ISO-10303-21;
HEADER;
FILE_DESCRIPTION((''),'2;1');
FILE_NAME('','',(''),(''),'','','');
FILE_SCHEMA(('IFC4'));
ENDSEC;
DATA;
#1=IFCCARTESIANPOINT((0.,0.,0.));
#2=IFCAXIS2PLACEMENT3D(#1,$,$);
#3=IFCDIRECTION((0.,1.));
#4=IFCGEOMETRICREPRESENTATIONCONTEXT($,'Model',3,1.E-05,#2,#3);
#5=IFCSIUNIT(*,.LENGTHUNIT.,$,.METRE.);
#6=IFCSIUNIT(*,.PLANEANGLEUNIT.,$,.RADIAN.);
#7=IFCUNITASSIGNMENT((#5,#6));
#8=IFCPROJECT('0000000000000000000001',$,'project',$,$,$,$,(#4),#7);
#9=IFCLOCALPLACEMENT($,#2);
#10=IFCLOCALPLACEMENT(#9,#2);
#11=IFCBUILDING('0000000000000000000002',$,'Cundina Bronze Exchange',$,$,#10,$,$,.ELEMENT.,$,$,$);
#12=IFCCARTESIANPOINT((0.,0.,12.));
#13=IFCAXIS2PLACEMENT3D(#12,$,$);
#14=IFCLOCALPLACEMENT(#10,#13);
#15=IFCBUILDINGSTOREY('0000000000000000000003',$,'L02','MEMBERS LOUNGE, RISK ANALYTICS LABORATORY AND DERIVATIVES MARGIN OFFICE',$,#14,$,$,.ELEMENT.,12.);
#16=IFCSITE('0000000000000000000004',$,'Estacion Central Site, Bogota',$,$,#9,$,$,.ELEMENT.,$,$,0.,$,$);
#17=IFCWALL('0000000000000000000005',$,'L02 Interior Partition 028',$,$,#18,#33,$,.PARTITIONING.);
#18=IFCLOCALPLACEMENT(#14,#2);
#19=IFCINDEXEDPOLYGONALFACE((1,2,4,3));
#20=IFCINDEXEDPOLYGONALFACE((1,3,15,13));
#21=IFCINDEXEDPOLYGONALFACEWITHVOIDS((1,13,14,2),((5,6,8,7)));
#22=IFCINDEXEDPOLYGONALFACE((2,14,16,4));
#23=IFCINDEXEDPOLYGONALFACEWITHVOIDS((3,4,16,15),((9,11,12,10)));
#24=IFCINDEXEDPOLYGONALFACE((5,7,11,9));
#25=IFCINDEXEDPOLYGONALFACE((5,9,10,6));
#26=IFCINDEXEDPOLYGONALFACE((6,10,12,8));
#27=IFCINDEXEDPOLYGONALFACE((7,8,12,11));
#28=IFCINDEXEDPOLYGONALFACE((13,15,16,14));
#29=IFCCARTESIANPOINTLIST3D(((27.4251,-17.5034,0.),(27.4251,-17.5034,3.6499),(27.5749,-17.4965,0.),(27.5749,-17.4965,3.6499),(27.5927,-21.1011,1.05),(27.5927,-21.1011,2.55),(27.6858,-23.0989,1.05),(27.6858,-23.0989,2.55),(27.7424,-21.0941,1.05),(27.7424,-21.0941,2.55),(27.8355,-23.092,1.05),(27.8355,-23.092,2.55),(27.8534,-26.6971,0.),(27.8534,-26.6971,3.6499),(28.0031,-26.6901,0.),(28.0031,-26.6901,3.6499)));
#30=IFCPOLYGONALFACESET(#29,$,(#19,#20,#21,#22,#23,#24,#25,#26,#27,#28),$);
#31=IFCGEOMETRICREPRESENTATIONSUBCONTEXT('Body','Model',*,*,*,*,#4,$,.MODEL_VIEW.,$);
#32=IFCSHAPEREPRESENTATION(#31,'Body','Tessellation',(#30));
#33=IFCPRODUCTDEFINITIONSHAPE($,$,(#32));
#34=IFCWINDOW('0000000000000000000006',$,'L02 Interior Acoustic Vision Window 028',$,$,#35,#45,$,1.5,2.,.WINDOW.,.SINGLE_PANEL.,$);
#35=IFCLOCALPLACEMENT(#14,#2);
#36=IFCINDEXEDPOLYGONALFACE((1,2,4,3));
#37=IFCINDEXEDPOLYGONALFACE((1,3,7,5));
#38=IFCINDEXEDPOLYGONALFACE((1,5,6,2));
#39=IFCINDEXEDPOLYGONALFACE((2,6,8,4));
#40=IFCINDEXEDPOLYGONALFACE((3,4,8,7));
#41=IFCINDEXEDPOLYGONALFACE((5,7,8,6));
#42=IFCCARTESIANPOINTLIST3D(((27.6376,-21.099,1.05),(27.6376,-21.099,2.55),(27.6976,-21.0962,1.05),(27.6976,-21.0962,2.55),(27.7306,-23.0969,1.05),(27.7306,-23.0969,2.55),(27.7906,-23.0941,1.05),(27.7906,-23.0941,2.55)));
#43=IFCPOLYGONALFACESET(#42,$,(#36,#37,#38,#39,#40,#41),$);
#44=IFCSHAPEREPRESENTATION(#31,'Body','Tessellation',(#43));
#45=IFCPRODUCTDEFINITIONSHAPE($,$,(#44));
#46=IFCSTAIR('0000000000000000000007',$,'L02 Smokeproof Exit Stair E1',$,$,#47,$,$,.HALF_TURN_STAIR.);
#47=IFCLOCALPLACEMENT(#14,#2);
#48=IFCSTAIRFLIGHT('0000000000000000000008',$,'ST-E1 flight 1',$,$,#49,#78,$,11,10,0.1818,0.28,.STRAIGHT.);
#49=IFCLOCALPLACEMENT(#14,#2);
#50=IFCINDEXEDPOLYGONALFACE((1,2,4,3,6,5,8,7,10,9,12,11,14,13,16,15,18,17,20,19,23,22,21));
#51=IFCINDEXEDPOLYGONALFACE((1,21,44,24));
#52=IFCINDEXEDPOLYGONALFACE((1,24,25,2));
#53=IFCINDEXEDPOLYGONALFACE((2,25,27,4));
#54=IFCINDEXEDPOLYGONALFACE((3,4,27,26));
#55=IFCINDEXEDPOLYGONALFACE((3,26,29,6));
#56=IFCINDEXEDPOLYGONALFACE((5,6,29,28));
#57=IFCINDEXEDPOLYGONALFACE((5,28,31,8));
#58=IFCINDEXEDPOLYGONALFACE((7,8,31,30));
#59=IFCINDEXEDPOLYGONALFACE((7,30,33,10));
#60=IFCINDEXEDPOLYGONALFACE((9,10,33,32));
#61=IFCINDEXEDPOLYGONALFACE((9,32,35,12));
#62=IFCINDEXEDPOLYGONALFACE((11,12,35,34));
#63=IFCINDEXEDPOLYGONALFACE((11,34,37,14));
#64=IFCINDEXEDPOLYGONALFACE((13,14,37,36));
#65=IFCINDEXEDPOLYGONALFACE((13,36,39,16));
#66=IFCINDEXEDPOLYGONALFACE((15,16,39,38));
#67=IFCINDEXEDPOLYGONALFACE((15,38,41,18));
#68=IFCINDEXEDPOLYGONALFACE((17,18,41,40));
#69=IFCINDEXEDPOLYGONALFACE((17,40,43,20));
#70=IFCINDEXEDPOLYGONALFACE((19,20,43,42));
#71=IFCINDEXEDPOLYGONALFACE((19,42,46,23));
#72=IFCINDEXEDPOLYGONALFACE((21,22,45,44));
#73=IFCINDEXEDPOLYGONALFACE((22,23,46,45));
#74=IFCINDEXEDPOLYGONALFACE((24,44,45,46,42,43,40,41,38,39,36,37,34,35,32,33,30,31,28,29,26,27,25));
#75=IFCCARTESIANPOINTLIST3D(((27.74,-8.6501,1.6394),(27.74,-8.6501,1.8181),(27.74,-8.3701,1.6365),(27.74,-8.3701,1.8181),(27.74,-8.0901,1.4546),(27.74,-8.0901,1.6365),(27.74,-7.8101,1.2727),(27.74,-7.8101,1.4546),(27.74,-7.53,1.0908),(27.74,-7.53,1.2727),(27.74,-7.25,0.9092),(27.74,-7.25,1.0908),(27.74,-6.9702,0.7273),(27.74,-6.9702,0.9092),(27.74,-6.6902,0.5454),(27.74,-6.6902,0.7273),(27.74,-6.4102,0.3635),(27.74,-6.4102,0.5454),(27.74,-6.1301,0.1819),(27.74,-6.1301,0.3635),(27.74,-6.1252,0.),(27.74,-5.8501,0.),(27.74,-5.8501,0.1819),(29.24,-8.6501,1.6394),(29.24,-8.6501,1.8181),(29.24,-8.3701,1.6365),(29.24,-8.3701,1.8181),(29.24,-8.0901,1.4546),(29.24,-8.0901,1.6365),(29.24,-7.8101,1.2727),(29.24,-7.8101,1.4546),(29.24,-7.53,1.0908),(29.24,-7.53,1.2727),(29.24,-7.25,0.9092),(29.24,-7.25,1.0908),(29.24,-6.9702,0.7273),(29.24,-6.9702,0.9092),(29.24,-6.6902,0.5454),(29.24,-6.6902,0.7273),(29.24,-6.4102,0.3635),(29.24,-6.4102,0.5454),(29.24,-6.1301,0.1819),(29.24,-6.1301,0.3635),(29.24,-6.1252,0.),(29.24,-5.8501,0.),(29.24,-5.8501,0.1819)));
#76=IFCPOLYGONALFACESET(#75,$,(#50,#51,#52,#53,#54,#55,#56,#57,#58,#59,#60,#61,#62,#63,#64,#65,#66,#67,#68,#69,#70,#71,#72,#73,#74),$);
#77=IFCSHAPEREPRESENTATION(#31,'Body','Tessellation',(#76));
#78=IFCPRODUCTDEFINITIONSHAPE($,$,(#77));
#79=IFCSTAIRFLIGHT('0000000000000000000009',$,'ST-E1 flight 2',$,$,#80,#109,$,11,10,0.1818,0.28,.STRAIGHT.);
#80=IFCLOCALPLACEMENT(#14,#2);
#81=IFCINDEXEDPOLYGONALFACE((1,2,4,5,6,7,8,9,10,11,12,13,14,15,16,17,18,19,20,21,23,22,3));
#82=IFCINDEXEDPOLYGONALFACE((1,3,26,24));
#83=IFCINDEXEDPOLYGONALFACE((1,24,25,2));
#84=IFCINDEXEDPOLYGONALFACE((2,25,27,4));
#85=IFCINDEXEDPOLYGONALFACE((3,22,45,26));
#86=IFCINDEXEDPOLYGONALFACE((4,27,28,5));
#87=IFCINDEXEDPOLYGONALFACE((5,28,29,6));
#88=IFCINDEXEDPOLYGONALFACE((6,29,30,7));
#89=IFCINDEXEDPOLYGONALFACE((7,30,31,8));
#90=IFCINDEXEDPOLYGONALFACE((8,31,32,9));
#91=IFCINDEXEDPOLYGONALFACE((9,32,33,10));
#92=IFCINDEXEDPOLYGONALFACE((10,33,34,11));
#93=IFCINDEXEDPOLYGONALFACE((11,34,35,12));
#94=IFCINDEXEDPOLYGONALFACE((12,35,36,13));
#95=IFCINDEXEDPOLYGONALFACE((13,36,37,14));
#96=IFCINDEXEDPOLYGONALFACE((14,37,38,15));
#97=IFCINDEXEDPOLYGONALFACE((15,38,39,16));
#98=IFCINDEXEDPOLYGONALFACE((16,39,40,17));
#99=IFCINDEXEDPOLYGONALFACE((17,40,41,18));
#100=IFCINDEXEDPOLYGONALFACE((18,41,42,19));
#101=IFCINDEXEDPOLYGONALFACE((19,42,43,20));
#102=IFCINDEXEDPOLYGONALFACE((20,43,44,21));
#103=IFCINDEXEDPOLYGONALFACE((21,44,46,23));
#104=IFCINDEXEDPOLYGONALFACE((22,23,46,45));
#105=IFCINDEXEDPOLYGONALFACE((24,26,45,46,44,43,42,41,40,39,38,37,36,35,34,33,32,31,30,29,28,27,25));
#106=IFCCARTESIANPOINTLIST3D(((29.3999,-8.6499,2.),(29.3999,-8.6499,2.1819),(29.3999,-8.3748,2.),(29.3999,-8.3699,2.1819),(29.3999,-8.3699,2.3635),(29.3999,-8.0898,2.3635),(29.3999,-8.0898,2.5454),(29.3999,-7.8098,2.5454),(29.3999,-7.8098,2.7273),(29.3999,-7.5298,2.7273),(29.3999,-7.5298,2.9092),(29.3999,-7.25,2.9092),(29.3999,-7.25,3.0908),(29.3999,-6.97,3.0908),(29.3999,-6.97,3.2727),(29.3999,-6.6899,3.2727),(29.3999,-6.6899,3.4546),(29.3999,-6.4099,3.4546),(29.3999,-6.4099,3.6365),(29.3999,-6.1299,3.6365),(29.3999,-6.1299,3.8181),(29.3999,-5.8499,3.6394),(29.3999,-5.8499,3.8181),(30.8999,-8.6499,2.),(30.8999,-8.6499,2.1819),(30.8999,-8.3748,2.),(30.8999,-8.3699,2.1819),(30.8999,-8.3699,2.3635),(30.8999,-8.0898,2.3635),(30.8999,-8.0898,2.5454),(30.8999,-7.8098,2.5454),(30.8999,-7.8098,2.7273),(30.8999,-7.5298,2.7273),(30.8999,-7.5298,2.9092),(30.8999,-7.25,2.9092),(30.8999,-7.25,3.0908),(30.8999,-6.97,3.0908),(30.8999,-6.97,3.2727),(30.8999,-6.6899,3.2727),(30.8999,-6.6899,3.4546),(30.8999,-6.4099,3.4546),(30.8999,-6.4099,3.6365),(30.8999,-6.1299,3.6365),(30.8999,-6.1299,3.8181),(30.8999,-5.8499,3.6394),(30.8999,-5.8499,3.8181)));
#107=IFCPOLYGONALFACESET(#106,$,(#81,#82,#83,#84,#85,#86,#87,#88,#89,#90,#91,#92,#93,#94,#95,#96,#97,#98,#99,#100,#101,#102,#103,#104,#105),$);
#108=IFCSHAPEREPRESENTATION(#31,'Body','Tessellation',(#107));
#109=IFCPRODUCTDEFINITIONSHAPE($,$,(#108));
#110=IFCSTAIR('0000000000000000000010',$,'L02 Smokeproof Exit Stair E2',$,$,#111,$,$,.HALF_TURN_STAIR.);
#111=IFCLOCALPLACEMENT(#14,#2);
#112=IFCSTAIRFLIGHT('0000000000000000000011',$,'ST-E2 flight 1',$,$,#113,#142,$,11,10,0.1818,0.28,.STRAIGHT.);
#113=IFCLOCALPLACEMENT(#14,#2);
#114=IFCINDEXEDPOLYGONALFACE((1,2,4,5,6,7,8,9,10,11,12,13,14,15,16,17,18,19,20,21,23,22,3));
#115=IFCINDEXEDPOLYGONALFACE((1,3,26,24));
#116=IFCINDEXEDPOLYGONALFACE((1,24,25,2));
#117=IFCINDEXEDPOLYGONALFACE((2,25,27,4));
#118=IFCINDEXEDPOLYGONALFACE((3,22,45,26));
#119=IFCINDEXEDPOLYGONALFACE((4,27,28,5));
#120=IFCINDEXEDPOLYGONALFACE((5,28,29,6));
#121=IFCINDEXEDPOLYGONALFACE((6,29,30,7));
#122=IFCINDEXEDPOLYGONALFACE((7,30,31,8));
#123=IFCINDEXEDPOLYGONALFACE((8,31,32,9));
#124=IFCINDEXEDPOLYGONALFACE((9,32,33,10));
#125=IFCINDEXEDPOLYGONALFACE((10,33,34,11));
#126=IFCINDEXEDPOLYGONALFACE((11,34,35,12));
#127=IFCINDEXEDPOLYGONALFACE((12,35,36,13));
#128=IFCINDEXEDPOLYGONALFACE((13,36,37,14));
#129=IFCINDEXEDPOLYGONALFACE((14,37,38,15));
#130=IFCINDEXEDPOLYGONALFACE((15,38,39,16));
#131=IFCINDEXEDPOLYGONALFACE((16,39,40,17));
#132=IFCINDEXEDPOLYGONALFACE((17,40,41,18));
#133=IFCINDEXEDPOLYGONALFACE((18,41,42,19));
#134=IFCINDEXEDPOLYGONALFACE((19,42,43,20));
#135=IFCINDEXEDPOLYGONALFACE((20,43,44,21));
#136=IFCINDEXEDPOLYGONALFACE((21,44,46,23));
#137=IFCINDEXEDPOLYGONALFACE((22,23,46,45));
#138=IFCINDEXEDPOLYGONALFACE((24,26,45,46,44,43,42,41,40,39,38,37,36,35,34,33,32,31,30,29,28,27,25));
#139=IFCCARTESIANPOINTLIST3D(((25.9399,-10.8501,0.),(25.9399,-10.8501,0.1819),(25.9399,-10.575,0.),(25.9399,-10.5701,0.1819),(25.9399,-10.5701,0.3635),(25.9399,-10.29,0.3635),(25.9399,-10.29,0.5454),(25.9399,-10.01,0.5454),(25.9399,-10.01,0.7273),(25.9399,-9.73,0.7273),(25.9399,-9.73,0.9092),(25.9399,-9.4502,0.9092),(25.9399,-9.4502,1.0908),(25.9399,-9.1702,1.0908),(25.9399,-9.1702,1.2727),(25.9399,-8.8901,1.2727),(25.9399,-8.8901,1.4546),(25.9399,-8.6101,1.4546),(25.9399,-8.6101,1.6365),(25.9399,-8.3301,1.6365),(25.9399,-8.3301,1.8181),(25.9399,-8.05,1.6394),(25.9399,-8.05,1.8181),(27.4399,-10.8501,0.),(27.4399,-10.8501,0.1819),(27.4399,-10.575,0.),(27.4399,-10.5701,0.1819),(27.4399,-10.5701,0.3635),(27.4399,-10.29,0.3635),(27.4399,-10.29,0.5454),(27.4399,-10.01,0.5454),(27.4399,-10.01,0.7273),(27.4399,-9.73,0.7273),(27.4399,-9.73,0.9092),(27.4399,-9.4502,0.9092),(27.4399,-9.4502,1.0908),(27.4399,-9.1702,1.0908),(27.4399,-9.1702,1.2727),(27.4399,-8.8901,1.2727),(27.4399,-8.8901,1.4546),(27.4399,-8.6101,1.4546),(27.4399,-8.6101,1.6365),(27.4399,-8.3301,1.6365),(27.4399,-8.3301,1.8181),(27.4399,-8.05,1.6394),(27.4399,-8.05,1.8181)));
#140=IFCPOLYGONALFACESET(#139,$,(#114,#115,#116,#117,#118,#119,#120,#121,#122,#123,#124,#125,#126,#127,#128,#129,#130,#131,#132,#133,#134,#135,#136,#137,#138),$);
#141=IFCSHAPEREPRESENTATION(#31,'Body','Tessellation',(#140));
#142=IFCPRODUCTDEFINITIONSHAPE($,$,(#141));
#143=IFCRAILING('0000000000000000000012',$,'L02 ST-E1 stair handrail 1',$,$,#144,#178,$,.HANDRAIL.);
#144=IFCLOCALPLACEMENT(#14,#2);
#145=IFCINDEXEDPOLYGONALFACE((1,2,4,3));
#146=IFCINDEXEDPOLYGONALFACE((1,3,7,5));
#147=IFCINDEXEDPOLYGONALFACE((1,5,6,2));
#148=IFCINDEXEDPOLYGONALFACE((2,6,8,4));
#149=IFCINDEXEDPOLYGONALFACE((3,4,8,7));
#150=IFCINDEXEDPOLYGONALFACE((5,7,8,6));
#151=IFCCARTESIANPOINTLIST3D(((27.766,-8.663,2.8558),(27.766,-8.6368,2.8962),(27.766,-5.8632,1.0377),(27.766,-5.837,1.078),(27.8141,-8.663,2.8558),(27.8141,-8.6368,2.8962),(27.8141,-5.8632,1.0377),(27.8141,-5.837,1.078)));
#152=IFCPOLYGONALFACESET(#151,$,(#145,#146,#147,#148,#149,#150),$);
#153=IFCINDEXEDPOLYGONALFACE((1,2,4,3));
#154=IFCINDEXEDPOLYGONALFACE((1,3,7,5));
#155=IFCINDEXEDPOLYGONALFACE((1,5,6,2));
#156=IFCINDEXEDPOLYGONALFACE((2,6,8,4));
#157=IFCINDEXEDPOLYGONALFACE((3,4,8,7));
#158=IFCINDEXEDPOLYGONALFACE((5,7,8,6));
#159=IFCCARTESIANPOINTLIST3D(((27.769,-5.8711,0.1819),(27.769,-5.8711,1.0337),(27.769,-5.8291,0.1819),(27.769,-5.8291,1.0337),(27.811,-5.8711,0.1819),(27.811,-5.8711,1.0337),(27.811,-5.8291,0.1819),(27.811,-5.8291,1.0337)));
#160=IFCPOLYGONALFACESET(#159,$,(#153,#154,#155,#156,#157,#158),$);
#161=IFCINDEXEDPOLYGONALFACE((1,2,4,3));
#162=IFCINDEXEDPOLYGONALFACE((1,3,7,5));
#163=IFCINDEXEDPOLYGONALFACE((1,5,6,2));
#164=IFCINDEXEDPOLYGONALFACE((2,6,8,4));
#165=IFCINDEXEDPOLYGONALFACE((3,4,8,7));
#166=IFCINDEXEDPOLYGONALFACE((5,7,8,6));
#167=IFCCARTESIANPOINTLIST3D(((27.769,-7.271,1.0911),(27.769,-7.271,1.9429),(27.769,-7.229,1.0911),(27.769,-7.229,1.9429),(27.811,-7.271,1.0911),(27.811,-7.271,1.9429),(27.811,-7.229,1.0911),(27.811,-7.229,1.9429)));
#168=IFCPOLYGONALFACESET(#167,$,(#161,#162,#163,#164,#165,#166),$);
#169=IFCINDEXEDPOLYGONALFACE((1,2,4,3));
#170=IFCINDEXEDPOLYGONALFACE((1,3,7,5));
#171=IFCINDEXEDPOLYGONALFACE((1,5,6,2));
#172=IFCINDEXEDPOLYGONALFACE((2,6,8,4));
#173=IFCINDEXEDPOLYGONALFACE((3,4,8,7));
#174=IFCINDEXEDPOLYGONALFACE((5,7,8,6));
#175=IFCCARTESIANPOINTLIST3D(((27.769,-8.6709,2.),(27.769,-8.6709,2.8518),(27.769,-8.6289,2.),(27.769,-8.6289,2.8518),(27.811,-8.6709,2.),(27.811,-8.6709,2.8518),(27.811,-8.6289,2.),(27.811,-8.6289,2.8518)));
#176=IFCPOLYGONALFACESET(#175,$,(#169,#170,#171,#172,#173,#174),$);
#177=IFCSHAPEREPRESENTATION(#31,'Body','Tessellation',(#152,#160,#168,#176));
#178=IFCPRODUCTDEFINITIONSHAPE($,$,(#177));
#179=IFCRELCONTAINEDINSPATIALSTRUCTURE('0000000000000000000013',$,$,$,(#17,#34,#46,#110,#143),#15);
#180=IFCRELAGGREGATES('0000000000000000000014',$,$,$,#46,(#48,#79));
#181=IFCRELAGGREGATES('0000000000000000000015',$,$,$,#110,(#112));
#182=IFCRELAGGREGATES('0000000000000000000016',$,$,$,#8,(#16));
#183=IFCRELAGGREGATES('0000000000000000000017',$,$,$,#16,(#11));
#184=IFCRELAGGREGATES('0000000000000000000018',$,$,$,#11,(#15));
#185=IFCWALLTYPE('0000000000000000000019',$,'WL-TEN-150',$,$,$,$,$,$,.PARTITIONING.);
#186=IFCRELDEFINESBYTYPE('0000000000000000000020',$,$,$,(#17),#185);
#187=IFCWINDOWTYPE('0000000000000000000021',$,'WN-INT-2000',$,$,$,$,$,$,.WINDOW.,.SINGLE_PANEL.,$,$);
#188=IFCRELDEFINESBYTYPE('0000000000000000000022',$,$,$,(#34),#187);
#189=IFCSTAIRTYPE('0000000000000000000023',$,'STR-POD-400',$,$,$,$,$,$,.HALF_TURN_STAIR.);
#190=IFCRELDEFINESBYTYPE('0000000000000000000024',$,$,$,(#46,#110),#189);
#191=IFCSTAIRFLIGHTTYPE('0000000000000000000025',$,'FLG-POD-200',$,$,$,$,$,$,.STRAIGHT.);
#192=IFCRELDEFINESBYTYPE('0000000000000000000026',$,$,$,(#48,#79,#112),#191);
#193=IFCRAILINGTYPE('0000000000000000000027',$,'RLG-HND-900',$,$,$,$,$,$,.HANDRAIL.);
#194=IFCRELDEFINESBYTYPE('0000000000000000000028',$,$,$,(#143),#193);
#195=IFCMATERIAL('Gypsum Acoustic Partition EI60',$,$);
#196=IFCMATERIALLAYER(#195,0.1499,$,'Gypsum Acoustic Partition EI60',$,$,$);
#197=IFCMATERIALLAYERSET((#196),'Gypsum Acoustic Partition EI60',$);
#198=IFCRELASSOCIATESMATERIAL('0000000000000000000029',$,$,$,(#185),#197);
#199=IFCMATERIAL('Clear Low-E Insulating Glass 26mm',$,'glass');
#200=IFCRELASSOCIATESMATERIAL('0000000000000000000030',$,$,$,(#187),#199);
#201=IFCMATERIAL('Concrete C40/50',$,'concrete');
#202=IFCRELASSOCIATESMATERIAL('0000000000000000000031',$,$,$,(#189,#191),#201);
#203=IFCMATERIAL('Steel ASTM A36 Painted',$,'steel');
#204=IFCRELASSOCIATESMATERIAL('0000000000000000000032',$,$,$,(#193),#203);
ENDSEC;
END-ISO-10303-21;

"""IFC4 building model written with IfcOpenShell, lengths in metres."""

from ifc_helpers import new_model, si_unit, direction, frame, frame_2d, origin, origin_2d, place, context, subcontext, project, spatial, polyline, rectangle, outline, extrude, material, layer, layer_set, type_object, element, fill, aggregate, save


model = new_model("IFC4")

# Units and contexts
model_context = context("Model", 3, precision=1e-05, world=origin(), true_north=direction((0.0, 1.0)))
body_context = subcontext(model_context, "Body", "Model", "MODEL_VIEW")
ifc_project = project(units=[si_unit("LENGTHUNIT", "METRE"), si_unit("PLANEANGLEUNIT", "RADIAN")], contexts=[model_context])

# Site, building, storey
site_placement = place(None, origin())
site = spatial("IfcSite", under=ifc_project, at=site_placement, Name="Estacion Central Site, Bogota", CompositionType="ELEMENT", RefElevation=0.0)
building_placement = place(site_placement, origin())
building = spatial("IfcBuilding", under=site, at=building_placement, Name="Cundina Bronze Exchange", CompositionType="ELEMENT")
storey_placement = place(building_placement, frame((0.0, 0.0, 12.0)))
storey = spatial("IfcBuildingStorey", under=building, at=storey_placement, Name="L02", Description="MEMBERS LOUNGE, RISK ANALYTICS LABORATORY AND DERIVATIVES MARGIN OFFICE", CompositionType="ELEMENT", Elevation=12.0)

# Shared definitions
ifc_material_1 = material(Name="Concrete C40/50", Category="concrete")

# Shared definitions
ifc_material_2 = material(Name="Steel ASTM A36 Painted", Category="steel")

# Wall, opening, window
ifc_material_3 = material(Name="Gypsum Acoustic Partition EI60")
ifc_layer_1 = layer(ifc_material_3, 0.1499, Name="Gypsum Acoustic Partition EI60")
ifc_layer_set_1 = layer_set([ifc_layer_1], Name="Gypsum Acoustic Partition EI60")
wall_type_1 = type_object("IfcWallType", Name="WL-TEN-150", PredefinedType="PARTITIONING", material=ifc_layer_set_1)
wall_1_placement = place(storey_placement, frame((27.9282, -26.6936, 0.0), z_axis=(0.0, 0.0, 1.0), x_axis=(-0.046528, 0.998917, 0.0)))
wall_1 = element("IfcWall", 1, at=wall_1_placement, inside=storey, type_object=wall_type_1, Name="L02 Interior Partition 028", PredefinedType="PARTITIONING", context=body_context, shape_type="SweptSolid", body=[
    extrude(rectangle(XDim=9.2036, YDim=0.1499, at=frame_2d((4.6018, 0.0))), origin(), (0.0, 0.0, 1.0), 3.6499),
])
opening_1_placement = place(wall_1_placement, frame((3.6021, 0.0, 1.05)))
opening_1 = element("IfcOpeningElement", 2, at=opening_1_placement, cuts=wall_1, PredefinedType="OPENING", context=body_context, shape_type="SweptSolid", body=[
    extrude(rectangle(XDim=2.0, YDim=1.5, at=frame_2d((1.0, 0.75))), frame((0.0, 0.085, 0.0), z_axis=(0.0, -1.0, 0.0), x_axis=(1.0, 0.0, 0.0)), (0.0, 0.0, 1.0), 0.1699),
])
ifc_material_4 = material(Name="Clear Low-E Insulating Glass 26mm", Category="glass")
window_type_1 = type_object("IfcWindowType", Name="WN-INT-2000", PartitioningType="SINGLE_PANEL", PredefinedType="WINDOW", material=ifc_material_4)
window_1_placement = place(opening_1_placement, origin())
window_1 = element("IfcWindow", 3, at=window_1_placement, inside=storey, type_object=window_type_1, Name="L02 Interior Acoustic Vision Window 028", OverallHeight=1.5, OverallWidth=2.0, PartitioningType="SINGLE_PANEL", PredefinedType="WINDOW", context=body_context, shape_type="SweptSolid", body=[
    extrude(rectangle(XDim=2.0, YDim=1.5, at=frame_2d((1.0, 0.75))), frame((0.0, 0.03, 0.0), z_axis=(0.0, -1.0, 0.0), x_axis=(1.0, 0.0, 0.0)), (0.0, 0.0, 1.0), 0.0601),
])
fill(opening_1, window_1)

# Stair, stair flights
stair_type = type_object("IfcStairType", Name="STR-POD-400", PredefinedType="HALF_TURN_STAIR", material=ifc_material_1)
stair_1_placement = place(storey_placement, origin())
stair_1 = element("IfcStair", 4, at=stair_1_placement, inside=storey, type_object=stair_type, Name="L02 Smokeproof Exit Stair E1", PredefinedType="HALF_TURN_STAIR")
stair_flight_type = type_object("IfcStairFlightType", Name="FLG-POD-200", PredefinedType="STRAIGHT", material=ifc_material_1)
stair_flight_1_placement = place(storey_placement, frame((28.49, -5.8501, 0.0), z_axis=(0.0, 0.0, 1.0), x_axis=(0.0, -1.0, 0.0)))
stair_flight_1 = element("IfcStairFlight", 5, at=stair_flight_1_placement, type_object=stair_flight_type, Name="ST-E1 flight 1", NumberOfRisers=11, NumberOfTreads=10, PredefinedType="STRAIGHT", RiserHeight=0.1818, TreadLength=0.28, context=body_context, shape_type="SweptSolid", body=[
    extrude(outline(polyline([(0.0, 0.0), (0.0, 0.1819), (0.28, 0.1819), (0.28, 0.3635), (0.5601, 0.3635), (0.5601, 0.5454), (0.8401, 0.5454), (0.8401, 0.7273), (1.1201, 0.7273), (1.1201, 0.9092), (1.3999, 0.9092), (1.3999, 1.0908), (1.6799, 1.0908), (1.6799, 1.2727), (1.96, 1.2727), (1.96, 1.4546), (2.24, 1.4546), (2.24, 1.6365), (2.52, 1.6365), (2.52, 1.8181), (2.8, 1.8181), (2.8, 2.0), (2.8, 1.6394), (0.2751, 0.0), (0.0, 0.0)])), frame((0.0, 0.75, 0.0), z_axis=(0.0, -1.0, 0.0), x_axis=(1.0, 0.0, 0.0)), (0.0, 0.0, 1.0), 1.5),
])
stair_flight_2_placement = place(storey_placement, frame((30.1499, -8.6499, 2.0), z_axis=(0.0, 0.0, 1.0), x_axis=(0.0, 1.0, 0.0)))
stair_flight_2 = element("IfcStairFlight", 6, at=stair_flight_2_placement, type_object=stair_flight_type, Name="ST-E1 flight 2", NumberOfRisers=11, NumberOfTreads=10, PredefinedType="STRAIGHT", RiserHeight=0.1818, TreadLength=0.28, context=body_context, shape_type="SweptSolid", body=[
    extrude(outline(polyline([(0.0, 0.0), (0.0, 0.1819), (0.28, 0.1819), (0.28, 0.3635), (0.5601, 0.3635), (0.5601, 0.5454), (0.8401, 0.5454), (0.8401, 0.7273), (1.1201, 0.7273), (1.1201, 0.9092), (1.3999, 0.9092), (1.3999, 1.0908), (1.6799, 1.0908), (1.6799, 1.2727), (1.96, 1.2727), (1.96, 1.4546), (2.24, 1.4546), (2.24, 1.6365), (2.52, 1.6365), (2.52, 1.8181), (2.8, 1.8181), (2.8, 2.0), (2.8, 1.6394), (0.2751, 0.0), (0.0, 0.0)])), frame((0.0, 0.75, 0.0), z_axis=(0.0, -1.0, 0.0), x_axis=(1.0, 0.0, 0.0)), (0.0, 0.0, 1.0), 1.5),
])
aggregate(stair_1, [stair_flight_1, stair_flight_2])

# Stair, stair flight
stair_2_placement = place(storey_placement, origin())
stair_2 = element("IfcStair", 7, at=stair_2_placement, inside=storey, type_object=stair_type, Name="L02 Smokeproof Exit Stair E2", PredefinedType="HALF_TURN_STAIR")
stair_flight_3_placement = place(storey_placement, frame((26.6899, -10.8501, 0.0), z_axis=(0.0, 0.0, 1.0), x_axis=(0.0, 1.0, 0.0)))
stair_flight_3 = element("IfcStairFlight", 8, at=stair_flight_3_placement, type_object=stair_flight_type, Name="ST-E2 flight 1", NumberOfRisers=11, NumberOfTreads=10, PredefinedType="STRAIGHT", RiserHeight=0.1818, TreadLength=0.28, context=body_context, shape_type="SweptSolid", body=[
    extrude(outline(polyline([(0.0, 0.0), (0.0, 0.1819), (0.28, 0.1819), (0.28, 0.3635), (0.5601, 0.3635), (0.5601, 0.5454), (0.8401, 0.5454), (0.8401, 0.7273), (1.1201, 0.7273), (1.1201, 0.9092), (1.3999, 0.9092), (1.3999, 1.0908), (1.6799, 1.0908), (1.6799, 1.2727), (1.96, 1.2727), (1.96, 1.4546), (2.24, 1.4546), (2.24, 1.6365), (2.52, 1.6365), (2.52, 1.8181), (2.8, 1.8181), (2.8, 2.0), (2.8, 1.6394), (0.2751, 0.0), (0.0, 0.0)])), frame((0.0, 0.75, 0.0), z_axis=(0.0, -1.0, 0.0), x_axis=(1.0, 0.0, 0.0)), (0.0, 0.0, 1.0), 1.5),
])
aggregate(stair_2, [stair_flight_3])

# Railing
railing_type_1 = type_object("IfcRailingType", Name="RLG-HND-900", PredefinedType="HANDRAIL", material=ifc_material_2)
railing_1_placement = place(storey_placement, frame((27.79, -5.8501, 0.1819)))
element("IfcRailing", 9, at=railing_1_placement, inside=storey, type_object=railing_type_1, Name="L02 ST-E1 stair handrail 1", PredefinedType="HANDRAIL", context=body_context, shape_type="SweptSolid", body=[
    extrude(rectangle(XDim=0.0481, YDim=0.0481, at=origin_2d()), frame((0.0, 0.0, 0.876), z_axis=(0.0, -0.838684, 0.544618), x_axis=(1.0, 0.0, 0.0)), (0.0, 0.0, 1.0), 3.3384),
    extrude(rectangle(XDim=0.042, YDim=0.042, at=origin_2d()), origin(), (0.0, 0.0, 1.0), 0.8518),
    extrude(rectangle(XDim=0.042, YDim=0.042, at=origin_2d()), frame((0.0, -1.3999, 0.9092)), (0.0, 0.0, 1.0), 0.8518),
    extrude(rectangle(XDim=0.042, YDim=0.042, at=origin_2d()), frame((0.0, -2.7998, 1.8181)), (0.0, 0.0, 1.0), 0.8518),
])

save(model, "model.ifc")
